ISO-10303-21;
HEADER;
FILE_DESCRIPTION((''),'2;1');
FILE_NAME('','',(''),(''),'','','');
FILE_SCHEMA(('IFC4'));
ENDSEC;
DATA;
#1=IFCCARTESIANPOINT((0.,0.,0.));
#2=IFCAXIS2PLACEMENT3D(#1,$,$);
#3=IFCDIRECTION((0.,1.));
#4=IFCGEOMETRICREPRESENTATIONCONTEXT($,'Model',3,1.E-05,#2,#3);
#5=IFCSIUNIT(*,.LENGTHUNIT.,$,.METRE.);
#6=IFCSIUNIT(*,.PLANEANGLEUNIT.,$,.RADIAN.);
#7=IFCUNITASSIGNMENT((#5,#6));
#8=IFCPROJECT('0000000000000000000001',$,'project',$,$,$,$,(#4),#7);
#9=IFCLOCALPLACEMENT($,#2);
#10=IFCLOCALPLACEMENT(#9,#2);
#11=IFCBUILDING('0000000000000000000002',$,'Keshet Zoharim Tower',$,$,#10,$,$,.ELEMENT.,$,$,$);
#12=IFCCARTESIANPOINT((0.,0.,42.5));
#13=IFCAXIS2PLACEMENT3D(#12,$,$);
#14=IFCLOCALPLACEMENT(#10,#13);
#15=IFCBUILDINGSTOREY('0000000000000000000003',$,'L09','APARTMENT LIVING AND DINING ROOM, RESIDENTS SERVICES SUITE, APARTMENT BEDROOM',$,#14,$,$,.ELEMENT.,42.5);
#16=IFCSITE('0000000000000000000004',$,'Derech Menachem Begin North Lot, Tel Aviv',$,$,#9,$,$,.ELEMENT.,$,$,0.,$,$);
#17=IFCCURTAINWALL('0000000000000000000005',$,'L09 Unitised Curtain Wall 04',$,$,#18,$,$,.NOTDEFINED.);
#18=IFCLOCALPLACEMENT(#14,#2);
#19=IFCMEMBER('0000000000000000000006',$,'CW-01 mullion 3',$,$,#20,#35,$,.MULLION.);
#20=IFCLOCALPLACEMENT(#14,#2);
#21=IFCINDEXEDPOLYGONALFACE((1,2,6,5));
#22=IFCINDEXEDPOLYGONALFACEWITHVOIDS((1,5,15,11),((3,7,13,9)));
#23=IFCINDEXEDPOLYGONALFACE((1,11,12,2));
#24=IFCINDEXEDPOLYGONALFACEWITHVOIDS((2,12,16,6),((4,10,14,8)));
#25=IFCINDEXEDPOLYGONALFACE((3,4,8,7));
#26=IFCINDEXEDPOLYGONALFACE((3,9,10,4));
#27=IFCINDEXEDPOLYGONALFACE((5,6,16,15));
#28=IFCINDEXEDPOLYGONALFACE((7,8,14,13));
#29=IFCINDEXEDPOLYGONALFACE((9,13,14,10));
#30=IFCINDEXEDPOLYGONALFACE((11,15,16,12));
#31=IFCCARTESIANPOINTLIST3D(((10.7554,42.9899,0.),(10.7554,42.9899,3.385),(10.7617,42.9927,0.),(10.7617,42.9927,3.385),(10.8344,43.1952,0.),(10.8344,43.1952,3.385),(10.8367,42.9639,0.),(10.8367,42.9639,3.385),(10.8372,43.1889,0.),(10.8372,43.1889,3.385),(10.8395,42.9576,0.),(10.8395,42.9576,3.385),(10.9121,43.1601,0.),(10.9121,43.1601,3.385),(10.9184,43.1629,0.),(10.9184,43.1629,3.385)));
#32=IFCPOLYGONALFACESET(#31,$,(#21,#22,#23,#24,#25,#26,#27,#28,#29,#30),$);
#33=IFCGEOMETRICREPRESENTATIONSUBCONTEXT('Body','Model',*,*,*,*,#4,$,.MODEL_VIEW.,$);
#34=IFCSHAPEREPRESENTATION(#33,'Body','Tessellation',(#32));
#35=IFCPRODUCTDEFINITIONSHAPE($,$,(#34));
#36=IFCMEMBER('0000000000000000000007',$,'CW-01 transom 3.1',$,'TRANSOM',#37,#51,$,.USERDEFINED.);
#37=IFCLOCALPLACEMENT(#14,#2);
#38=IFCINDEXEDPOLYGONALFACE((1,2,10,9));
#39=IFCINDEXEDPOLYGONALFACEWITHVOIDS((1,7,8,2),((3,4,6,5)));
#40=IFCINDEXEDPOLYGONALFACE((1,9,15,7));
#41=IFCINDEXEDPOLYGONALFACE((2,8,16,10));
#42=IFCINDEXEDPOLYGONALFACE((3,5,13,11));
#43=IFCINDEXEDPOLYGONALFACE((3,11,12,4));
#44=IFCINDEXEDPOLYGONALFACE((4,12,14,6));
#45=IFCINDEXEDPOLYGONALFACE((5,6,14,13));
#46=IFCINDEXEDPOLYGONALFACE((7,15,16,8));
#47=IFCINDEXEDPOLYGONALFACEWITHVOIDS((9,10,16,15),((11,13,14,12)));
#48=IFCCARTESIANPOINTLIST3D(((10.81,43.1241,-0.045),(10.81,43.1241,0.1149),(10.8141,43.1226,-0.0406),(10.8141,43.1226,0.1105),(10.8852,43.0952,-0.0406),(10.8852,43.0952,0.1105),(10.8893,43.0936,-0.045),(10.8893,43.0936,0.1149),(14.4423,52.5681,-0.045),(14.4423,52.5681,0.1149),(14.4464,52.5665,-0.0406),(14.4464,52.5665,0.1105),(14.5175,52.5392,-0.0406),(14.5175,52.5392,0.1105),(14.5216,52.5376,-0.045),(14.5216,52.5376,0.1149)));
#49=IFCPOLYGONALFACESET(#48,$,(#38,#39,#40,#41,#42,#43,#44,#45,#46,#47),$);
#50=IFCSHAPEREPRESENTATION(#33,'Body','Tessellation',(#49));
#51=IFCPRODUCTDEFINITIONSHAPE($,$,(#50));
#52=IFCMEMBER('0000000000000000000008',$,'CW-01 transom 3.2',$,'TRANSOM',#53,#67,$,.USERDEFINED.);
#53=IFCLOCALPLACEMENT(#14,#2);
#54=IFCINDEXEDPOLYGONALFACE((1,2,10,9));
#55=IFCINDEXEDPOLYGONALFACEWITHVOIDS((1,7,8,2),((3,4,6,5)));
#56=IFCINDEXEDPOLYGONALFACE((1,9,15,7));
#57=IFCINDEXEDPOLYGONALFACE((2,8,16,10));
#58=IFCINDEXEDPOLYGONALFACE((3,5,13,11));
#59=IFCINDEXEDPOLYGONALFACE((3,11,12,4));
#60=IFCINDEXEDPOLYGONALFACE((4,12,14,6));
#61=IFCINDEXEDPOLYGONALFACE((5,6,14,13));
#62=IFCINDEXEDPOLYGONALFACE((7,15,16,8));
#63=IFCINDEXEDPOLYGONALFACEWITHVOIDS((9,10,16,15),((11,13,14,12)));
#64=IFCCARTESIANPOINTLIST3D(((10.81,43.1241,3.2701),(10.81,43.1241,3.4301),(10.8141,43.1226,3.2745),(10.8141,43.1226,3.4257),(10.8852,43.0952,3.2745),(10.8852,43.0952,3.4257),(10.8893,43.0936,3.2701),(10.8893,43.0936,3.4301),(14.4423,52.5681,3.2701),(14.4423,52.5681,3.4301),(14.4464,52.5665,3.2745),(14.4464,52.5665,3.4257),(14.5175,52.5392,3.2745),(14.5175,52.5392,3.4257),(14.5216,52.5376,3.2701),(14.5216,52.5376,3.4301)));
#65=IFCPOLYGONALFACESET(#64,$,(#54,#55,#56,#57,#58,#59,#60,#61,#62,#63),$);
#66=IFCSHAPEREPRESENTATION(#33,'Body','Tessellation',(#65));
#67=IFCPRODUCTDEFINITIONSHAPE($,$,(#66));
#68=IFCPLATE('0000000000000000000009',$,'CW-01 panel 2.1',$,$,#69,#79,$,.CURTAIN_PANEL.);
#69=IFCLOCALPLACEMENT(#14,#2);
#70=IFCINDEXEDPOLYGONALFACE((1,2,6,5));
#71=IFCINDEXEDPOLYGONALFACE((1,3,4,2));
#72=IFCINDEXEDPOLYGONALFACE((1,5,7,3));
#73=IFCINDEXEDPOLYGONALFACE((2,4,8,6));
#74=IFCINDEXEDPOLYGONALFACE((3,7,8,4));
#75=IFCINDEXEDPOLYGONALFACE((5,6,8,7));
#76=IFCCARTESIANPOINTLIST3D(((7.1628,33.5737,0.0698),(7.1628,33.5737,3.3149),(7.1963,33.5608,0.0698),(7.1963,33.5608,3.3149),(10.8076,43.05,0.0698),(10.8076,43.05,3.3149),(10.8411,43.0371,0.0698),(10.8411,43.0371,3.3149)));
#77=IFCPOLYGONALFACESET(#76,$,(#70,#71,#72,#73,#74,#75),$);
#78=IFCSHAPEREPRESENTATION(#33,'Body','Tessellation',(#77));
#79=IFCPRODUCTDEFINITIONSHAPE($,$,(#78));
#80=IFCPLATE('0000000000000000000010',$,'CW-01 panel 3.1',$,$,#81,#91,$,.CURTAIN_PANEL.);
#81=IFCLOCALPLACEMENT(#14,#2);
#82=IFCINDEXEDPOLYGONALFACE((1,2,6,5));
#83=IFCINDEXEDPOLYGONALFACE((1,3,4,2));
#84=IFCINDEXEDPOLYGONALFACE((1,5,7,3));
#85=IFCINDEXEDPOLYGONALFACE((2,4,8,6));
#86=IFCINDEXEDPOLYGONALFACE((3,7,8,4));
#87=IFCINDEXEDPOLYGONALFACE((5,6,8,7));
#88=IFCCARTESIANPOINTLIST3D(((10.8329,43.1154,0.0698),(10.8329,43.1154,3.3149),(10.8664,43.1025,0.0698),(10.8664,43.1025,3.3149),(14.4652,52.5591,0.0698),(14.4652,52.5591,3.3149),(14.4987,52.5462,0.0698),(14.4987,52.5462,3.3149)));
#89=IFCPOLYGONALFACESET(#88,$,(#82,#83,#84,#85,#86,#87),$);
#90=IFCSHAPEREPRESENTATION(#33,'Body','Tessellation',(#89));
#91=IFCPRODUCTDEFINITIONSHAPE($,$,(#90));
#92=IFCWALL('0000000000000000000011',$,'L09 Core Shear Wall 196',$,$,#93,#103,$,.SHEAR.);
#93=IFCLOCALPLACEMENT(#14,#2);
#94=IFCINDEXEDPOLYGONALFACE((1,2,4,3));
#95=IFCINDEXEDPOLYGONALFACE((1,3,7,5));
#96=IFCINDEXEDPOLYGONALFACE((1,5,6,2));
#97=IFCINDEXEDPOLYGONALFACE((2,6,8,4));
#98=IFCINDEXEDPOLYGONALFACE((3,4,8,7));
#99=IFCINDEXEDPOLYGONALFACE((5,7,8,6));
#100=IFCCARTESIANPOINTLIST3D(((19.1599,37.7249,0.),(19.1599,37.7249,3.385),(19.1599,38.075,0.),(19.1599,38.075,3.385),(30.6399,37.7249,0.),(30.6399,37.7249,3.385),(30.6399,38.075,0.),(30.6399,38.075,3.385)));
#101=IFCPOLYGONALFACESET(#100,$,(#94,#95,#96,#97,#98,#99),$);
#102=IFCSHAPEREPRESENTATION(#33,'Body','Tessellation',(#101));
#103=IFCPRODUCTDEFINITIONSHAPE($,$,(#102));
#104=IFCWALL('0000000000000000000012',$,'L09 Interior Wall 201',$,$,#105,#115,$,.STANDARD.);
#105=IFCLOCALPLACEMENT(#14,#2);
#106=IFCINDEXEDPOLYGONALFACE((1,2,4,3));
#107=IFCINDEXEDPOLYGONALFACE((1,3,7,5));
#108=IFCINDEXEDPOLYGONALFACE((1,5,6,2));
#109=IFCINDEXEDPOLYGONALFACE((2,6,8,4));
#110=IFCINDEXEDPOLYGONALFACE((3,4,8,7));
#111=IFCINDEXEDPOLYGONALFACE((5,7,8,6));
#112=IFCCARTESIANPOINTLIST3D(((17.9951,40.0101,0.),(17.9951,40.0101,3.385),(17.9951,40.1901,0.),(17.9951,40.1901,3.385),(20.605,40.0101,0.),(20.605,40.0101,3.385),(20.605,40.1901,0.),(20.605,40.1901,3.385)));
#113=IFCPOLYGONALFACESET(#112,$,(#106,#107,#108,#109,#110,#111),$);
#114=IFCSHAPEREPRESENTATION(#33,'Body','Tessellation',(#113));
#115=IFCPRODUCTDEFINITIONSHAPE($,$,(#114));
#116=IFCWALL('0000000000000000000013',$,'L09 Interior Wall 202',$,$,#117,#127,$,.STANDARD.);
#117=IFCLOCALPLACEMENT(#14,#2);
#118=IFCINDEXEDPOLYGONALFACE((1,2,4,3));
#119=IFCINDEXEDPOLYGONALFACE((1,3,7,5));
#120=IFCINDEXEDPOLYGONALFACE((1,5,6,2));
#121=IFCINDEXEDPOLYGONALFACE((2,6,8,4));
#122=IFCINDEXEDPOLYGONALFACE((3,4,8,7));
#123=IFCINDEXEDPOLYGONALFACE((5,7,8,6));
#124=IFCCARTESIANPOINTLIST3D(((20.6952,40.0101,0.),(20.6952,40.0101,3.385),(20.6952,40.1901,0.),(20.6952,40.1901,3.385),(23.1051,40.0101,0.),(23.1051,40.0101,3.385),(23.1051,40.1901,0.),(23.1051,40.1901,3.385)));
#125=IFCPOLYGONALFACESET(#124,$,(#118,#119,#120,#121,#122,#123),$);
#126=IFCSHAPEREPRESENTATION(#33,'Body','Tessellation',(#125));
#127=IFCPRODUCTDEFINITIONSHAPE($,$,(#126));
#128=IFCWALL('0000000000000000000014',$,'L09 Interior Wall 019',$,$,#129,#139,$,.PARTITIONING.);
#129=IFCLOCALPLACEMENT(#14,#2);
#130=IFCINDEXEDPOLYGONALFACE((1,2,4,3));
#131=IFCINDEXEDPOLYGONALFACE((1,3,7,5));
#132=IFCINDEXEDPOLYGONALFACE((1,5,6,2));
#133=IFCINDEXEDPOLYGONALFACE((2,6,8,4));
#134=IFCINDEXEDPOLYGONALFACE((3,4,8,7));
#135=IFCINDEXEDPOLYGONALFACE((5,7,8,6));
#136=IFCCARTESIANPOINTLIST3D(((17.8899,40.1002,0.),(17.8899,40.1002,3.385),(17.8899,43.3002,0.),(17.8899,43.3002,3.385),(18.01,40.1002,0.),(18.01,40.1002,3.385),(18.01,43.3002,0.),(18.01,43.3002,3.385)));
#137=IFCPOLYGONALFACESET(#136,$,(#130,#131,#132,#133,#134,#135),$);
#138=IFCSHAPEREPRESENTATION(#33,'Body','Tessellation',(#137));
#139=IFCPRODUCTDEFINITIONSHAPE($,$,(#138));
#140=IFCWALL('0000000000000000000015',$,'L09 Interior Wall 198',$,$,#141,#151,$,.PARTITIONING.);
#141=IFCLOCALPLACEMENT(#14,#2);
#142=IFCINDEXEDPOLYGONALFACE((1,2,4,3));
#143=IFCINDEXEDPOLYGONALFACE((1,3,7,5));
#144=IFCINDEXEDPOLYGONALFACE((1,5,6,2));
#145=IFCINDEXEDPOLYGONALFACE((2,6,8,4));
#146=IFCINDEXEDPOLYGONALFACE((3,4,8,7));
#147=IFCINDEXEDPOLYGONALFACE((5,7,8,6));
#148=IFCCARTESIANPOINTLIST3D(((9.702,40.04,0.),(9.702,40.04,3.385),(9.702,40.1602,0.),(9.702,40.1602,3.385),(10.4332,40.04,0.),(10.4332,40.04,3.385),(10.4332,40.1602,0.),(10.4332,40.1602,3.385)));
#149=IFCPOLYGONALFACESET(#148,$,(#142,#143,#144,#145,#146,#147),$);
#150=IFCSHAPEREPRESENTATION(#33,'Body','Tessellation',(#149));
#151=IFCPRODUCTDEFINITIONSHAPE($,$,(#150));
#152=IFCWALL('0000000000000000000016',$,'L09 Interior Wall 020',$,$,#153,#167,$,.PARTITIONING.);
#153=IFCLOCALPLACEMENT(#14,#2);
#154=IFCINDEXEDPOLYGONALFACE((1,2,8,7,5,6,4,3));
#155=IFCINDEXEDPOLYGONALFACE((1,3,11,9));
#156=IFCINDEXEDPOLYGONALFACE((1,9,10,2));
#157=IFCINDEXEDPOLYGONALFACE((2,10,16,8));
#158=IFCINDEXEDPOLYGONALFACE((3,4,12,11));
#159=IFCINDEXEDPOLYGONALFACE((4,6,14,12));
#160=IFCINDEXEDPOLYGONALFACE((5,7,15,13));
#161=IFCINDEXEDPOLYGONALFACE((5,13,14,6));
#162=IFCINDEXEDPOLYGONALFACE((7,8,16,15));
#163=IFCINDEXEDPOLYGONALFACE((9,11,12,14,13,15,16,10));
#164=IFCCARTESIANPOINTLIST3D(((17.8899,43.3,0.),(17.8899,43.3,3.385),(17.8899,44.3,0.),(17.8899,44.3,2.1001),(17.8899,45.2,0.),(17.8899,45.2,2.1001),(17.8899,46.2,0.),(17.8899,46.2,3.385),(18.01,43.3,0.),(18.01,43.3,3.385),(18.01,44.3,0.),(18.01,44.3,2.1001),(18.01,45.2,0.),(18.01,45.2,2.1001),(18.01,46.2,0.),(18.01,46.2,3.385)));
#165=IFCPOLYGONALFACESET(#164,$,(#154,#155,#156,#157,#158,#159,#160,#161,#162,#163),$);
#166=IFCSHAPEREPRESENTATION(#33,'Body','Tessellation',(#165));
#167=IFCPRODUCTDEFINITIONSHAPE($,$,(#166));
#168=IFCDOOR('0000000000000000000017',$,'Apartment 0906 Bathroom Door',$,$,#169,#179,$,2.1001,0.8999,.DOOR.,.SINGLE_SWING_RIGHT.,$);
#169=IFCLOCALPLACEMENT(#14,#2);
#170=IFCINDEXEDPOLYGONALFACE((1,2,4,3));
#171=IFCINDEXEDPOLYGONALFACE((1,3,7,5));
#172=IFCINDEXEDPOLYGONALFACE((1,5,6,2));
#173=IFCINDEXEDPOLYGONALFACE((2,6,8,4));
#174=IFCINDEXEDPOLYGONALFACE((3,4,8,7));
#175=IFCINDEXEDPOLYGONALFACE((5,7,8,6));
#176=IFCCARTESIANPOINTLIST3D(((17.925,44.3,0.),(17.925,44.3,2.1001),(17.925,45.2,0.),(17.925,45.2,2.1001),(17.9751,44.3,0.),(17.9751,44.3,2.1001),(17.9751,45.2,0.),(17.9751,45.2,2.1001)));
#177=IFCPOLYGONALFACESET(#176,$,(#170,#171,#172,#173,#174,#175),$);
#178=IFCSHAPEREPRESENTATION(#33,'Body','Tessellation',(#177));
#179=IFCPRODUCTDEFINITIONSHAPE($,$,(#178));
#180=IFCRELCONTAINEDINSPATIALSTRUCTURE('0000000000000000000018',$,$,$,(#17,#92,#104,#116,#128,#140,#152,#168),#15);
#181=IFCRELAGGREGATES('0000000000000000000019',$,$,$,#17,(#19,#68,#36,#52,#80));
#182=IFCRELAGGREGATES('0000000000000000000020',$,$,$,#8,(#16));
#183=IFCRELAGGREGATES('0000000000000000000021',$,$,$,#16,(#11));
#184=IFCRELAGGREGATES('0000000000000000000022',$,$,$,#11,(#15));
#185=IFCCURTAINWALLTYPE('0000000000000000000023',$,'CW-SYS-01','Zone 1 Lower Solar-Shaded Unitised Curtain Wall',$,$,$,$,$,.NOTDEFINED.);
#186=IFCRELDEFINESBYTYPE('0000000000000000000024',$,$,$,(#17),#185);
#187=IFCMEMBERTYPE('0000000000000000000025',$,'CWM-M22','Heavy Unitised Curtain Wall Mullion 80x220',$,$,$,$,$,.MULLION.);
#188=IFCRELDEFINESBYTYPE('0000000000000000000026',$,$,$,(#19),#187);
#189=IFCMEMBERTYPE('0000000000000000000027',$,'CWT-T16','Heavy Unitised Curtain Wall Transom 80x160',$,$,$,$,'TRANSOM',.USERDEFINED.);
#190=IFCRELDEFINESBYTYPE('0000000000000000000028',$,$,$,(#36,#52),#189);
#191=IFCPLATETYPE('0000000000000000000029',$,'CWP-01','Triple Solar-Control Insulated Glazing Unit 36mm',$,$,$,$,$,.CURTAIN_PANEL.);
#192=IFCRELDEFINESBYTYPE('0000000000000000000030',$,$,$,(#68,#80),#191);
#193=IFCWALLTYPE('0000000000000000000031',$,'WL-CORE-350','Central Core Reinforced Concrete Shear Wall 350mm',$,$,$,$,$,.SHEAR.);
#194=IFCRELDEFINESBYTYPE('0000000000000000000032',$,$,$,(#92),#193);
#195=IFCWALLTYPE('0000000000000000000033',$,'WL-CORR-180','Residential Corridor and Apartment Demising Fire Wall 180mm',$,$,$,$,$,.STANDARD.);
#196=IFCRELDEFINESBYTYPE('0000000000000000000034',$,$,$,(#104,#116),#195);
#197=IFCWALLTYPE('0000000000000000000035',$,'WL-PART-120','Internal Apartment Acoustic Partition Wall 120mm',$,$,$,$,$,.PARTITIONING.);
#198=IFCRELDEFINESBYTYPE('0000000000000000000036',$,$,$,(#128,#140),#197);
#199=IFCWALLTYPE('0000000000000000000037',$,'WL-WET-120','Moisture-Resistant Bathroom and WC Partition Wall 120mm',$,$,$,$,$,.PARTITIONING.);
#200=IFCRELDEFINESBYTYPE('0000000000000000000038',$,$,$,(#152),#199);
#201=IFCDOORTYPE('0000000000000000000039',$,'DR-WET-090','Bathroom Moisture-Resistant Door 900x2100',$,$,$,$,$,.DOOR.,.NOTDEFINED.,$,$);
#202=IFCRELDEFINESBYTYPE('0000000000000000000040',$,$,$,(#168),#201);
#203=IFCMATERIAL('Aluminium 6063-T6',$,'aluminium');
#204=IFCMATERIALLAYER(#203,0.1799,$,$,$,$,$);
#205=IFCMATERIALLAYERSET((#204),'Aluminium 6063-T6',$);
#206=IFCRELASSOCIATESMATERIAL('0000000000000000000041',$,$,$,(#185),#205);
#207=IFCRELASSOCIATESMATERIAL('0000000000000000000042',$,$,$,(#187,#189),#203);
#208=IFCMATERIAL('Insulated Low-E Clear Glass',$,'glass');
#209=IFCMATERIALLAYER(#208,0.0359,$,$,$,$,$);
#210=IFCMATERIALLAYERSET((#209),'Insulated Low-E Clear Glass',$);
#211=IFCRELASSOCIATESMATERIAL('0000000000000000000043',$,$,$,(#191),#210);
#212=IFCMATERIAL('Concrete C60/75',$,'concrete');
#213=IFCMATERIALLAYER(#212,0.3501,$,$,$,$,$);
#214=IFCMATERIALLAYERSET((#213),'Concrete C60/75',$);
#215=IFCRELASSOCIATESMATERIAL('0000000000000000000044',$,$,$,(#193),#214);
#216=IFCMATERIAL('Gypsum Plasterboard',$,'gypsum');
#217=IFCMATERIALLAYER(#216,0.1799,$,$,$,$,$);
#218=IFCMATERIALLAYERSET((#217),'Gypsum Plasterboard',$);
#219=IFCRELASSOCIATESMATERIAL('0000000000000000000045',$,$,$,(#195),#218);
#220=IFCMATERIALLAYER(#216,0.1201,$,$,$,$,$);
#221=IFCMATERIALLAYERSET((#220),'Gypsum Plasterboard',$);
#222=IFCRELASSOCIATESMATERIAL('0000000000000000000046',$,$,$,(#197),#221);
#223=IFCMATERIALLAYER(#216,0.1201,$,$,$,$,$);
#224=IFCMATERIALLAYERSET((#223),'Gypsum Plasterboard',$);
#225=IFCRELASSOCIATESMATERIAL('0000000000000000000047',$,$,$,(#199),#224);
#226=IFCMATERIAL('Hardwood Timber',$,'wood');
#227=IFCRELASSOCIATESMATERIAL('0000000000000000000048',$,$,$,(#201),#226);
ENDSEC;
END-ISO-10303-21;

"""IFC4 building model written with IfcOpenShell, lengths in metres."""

from ifc_helpers import new_model, si_unit, direction, frame, frame_2d, origin, origin_2d, place, context, subcontext, project, spatial, rectangle, hollow_rectangle, extrude, material, layer, layer_set, material_profile, profile_set, type_object, element, fill, aggregate, save


model = new_model("IFC4")

# Units and contexts
model_context = context("Model", 3, precision=1e-05, world=origin(), true_north=direction((0.0, 1.0)))
body_context = subcontext(model_context, "Body", "Model", "MODEL_VIEW")
ifc_project = project(units=[si_unit("LENGTHUNIT", "METRE"), si_unit("PLANEANGLEUNIT", "RADIAN")], contexts=[model_context])

# Site, building, storey
site_placement = place(None, origin())
site = spatial("IfcSite", under=ifc_project, at=site_placement, Name="Derech Menachem Begin North Lot, Tel Aviv", CompositionType="ELEMENT", RefElevation=0.0)
building_placement = place(site_placement, origin())
building = spatial("IfcBuilding", under=site, at=building_placement, Name="Keshet Zoharim Tower", CompositionType="ELEMENT")
storey_placement = place(building_placement, frame((0.0, 0.0, 42.5)))
storey = spatial("IfcBuildingStorey", under=building, at=storey_placement, Name="L09", Description="APARTMENT LIVING AND DINING ROOM, RESIDENTS SERVICES SUITE, APARTMENT BEDROOM", CompositionType="ELEMENT", Elevation=42.5)

# Curtain wall, members, plates
ifc_material_1 = material(Name="Aluminium 6063-T6", Category="aluminium")
ifc_layer_1 = layer(ifc_material_1, 0.1799)
ifc_layer_set_1 = layer_set([ifc_layer_1], Name="Aluminium 6063-T6")
curtain_wall_type = type_object("IfcCurtainWallType", Name="CW-SYS-01", Description="Zone 1 Lower Solar-Shaded Unitised Curtain Wall", PredefinedType="NOTDEFINED", material=ifc_layer_set_1)
curtain_wall_placement = place(storey_placement, origin())
curtain_wall = element("IfcCurtainWall", 1, at=curtain_wall_placement, inside=storey, type_object=curtain_wall_type, Name="L09 Unitised Curtain Wall 04", PredefinedType="NOTDEFINED")
ifc_material_profile_1 = material_profile(ifc_material_1, hollow_rectangle(XDim=0.0901, YDim=0.22, WallThickness=0.0049, at=origin_2d()), Name="MUL-90x220")
ifc_profile_set_1 = profile_set([ifc_material_profile_1], Name="Aluminium 6063-T6")
member_type_1 = type_object("IfcMemberType", Name="CWM-M22", Description="Heavy Unitised Curtain Wall Mullion 80x220", PredefinedType="MULLION", material=ifc_profile_set_1)
member_1_placement = place(storey_placement, frame((10.8369, 43.0764, 0.0), z_axis=(0.0, 0.0, 1.0), x_axis=(-0.933341, 0.35899, 0.0)))
member_1 = element("IfcMember", 2, at=member_1_placement, type_object=member_type_1, Name="CW-01 mullion 3", PredefinedType="MULLION", context=body_context, shape_type="SweptSolid", body=[
    extrude(hollow_rectangle(XDim=0.0901, YDim=0.22, WallThickness=0.0049, at=origin_2d()), origin(), (0.0, 0.0, 1.0), 3.385),
])
ifc_material_profile_2 = material_profile(ifc_material_1, hollow_rectangle(XDim=0.085, YDim=0.1599, WallThickness=0.0044, at=origin_2d()), Name="TRN-85x160")
ifc_profile_set_2 = profile_set([ifc_material_profile_2], Name="Aluminium 6063-T6")
member_type_2 = type_object("IfcMemberType", Name="CWT-T16", Description="Heavy Unitised Curtain Wall Transom 80x160", ElementType="TRANSOM", PredefinedType="USERDEFINED", material=ifc_profile_set_2)
member_2_placement = place(storey_placement, frame((10.8496, 43.1089, 0.0349), z_axis=(0.358986, 0.933343, 0.0), x_axis=(-0.933343, 0.358986, 0.0)))
member_2 = element("IfcMember", 3, at=member_2_placement, type_object=member_type_2, Name="CW-01 transom 3.1", ObjectType="TRANSOM", PredefinedType="USERDEFINED", context=body_context, shape_type="SweptSolid", body=[
    extrude(hollow_rectangle(XDim=0.085, YDim=0.1599, WallThickness=0.0044, at=origin_2d()), origin(), (0.0, 0.0, 1.0), 10.1184),
])
member_3_placement = place(storey_placement, frame((10.8496, 43.1089, 3.3501), z_axis=(0.358986, 0.933343, 0.0), x_axis=(-0.933343, 0.358986, 0.0)))
member_3 = element("IfcMember", 4, at=member_3_placement, type_object=member_type_2, Name="CW-01 transom 3.2", ObjectType="TRANSOM", PredefinedType="USERDEFINED", context=body_context, shape_type="SweptSolid", body=[
    extrude(hollow_rectangle(XDim=0.085, YDim=0.1599, WallThickness=0.0044, at=origin_2d()), origin(), (0.0, 0.0, 1.0), 10.1184),
])
ifc_material_2 = material(Name="Insulated Low-E Clear Glass", Category="glass")
ifc_layer_2 = layer(ifc_material_2, 0.0359)
ifc_layer_set_2 = layer_set([ifc_layer_2], Name="Insulated Low-E Clear Glass")
plate_type = type_object("IfcPlateType", Name="CWP-01", Description="Triple Solar-Control Insulated Glazing Unit 36mm", PredefinedType="CURTAIN_PANEL", material=ifc_layer_set_2)
plate_1_placement = place(storey_placement, frame((9.002, 38.3054, 0.0698), z_axis=(0.0, 0.0, 1.0), x_axis=(0.35899, 0.933341, 0.0)))
plate_1 = element("IfcPlate", 5, at=plate_1_placement, type_object=plate_type, Name="CW-01 panel 2.1", PredefinedType="CURTAIN_PANEL", context=body_context, shape_type="SweptSolid", body=[
    extrude(rectangle(XDim=10.1531, YDim=0.0359, at=origin_2d()), origin(), (0.0, 0.0, 1.0), 3.2451),
])
plate_2_placement = place(storey_placement, frame((12.6658, 47.8308, 0.0698), z_axis=(0.0, 0.0, 1.0), x_axis=(0.35899, 0.933341, 0.0)))
plate_2 = element("IfcPlate", 6, at=plate_2_placement, type_object=plate_type, Name="CW-01 panel 3.1", PredefinedType="CURTAIN_PANEL", context=body_context, shape_type="SweptSolid", body=[
    extrude(rectangle(XDim=10.1182, YDim=0.0359, at=origin_2d()), origin(), (0.0, 0.0, 1.0), 3.2451),
])
aggregate(curtain_wall, [member_1, plate_1, member_2, member_3, plate_2])

# Wall
ifc_material_3 = material(Name="Concrete C60/75", Category="concrete")
ifc_layer_3 = layer(ifc_material_3, 0.3501)
ifc_layer_set_3 = layer_set([ifc_layer_3], Name="Concrete C60/75")
wall_type_1 = type_object("IfcWallType", Name="WL-CORE-350", Description="Central Core Reinforced Concrete Shear Wall 350mm", PredefinedType="SHEAR", material=ifc_layer_set_3)
wall_1_placement = place(storey_placement, frame((19.1599, 37.8999, 0.0), z_axis=(0.0, 0.0, 1.0), x_axis=(1.0, 0.0, 0.0)))
element("IfcWall", 7, at=wall_1_placement, inside=storey, type_object=wall_type_1, Name="L09 Core Shear Wall 196", PredefinedType="SHEAR", context=body_context, shape_type="SweptSolid", body=[
    extrude(rectangle(XDim=11.48, YDim=0.3501, at=frame_2d((5.74, 0.0))), origin(), (0.0, 0.0, 1.0), 3.385),
])

# Shared definitions
ifc_material_4 = material(Name="Gypsum Plasterboard", Category="gypsum")
ifc_layer_4 = layer(ifc_material_4, 0.1799)
ifc_layer_set_4 = layer_set([ifc_layer_4], Name="Gypsum Plasterboard")
wall_type_2 = type_object("IfcWallType", Name="WL-CORR-180", Description="Residential Corridor and Apartment Demising Fire Wall 180mm", PredefinedType="STANDARD", material=ifc_layer_set_4)
ifc_material_5 = material(Name="Hardwood Timber", Category="wood")

# Walls
wall_2_placement = place(storey_placement, frame((17.9951, 40.1001, 0.0), z_axis=(0.0, 0.0, 1.0), x_axis=(1.0, 0.0, 0.0)))
element("IfcWall", 8, at=wall_2_placement, inside=storey, type_object=wall_type_2, Name="L09 Interior Wall 201", PredefinedType="STANDARD", context=body_context, shape_type="SweptSolid", body=[
    extrude(rectangle(XDim=2.6099, YDim=0.1799, at=frame_2d((1.3049, 0.0))), origin(), (0.0, 0.0, 1.0), 3.385),
])
wall_3_placement = place(storey_placement, frame((20.6951, 40.1001, 0.0), z_axis=(0.0, 0.0, 1.0), x_axis=(1.0, 0.0, 0.0)))
element("IfcWall", 9, at=wall_3_placement, inside=storey, type_object=wall_type_2, Name="L09 Interior Wall 202", PredefinedType="STANDARD", context=body_context, shape_type="SweptSolid", body=[
    extrude(rectangle(XDim=2.4099, YDim=0.1799, at=frame_2d((1.2051, 0.0))), origin(), (0.0, 0.0, 1.0), 3.385),
])
ifc_layer_5 = layer(ifc_material_4, 0.1201)
ifc_layer_set_5 = layer_set([ifc_layer_5], Name="Gypsum Plasterboard")
wall_type_3 = type_object("IfcWallType", Name="WL-PART-120", Description="Internal Apartment Acoustic Partition Wall 120mm", PredefinedType="PARTITIONING", material=ifc_layer_set_5)
wall_4_placement = place(storey_placement, frame((17.95, 40.1001, 0.0), z_axis=(0.0, 0.0, 1.0), x_axis=(0.0, 1.0, 0.0)))
element("IfcWall", 10, at=wall_4_placement, inside=storey, type_object=wall_type_3, Name="L09 Interior Wall 019", PredefinedType="PARTITIONING", context=body_context, shape_type="SweptSolid", body=[
    extrude(rectangle(XDim=3.2, YDim=0.1201, at=frame_2d((1.6001, 0.0))), origin(), (0.0, 0.0, 1.0), 3.385),
])

# Wall
wall_5_placement = place(storey_placement, frame((9.7019, 40.1001, 0.0), z_axis=(0.0, 0.0, 1.0), x_axis=(1.0, 0.0, 0.0)))
element("IfcWall", 11, at=wall_5_placement, inside=storey, type_object=wall_type_3, Name="L09 Interior Wall 198", PredefinedType="PARTITIONING", context=body_context, shape_type="SweptSolid", body=[
    extrude(rectangle(XDim=0.7312, YDim=0.1201, at=frame_2d((0.3657, 0.0))), origin(), (0.0, 0.0, 1.0), 3.385),
])

# Wall, opening, door
ifc_layer_6 = layer(ifc_material_4, 0.1201)
ifc_layer_set_6 = layer_set([ifc_layer_6], Name="Gypsum Plasterboard")
wall_type_4 = type_object("IfcWallType", Name="WL-WET-120", Description="Moisture-Resistant Bathroom and WC Partition Wall 120mm", PredefinedType="PARTITIONING", material=ifc_layer_set_6)
wall_6_placement = place(storey_placement, frame((17.95, 43.3, 0.0), z_axis=(0.0, 0.0, 1.0), x_axis=(0.0, 1.0, 0.0)))
wall_6 = element("IfcWall", 12, at=wall_6_placement, inside=storey, type_object=wall_type_4, Name="L09 Interior Wall 020", PredefinedType="PARTITIONING", context=body_context, shape_type="SweptSolid", body=[
    extrude(rectangle(XDim=2.8999, YDim=0.1201, at=frame_2d((1.45, 0.0))), origin(), (0.0, 0.0, 1.0), 3.385),
])
opening_1_placement = place(wall_6_placement, frame((1.0, 0.0, 0.0)))
opening_1 = element("IfcOpeningElement", 13, at=opening_1_placement, cuts=wall_6, PredefinedType="OPENING", context=body_context, shape_type="SweptSolid", body=[
    extrude(rectangle(XDim=0.8999, YDim=2.1001, at=frame_2d((0.45, 1.05))), frame((0.0, 0.0701, 0.0), z_axis=(0.0, -1.0, 0.0), x_axis=(1.0, 0.0, 0.0)), (0.0, 0.0, 1.0), 0.1401),
])
door_type_1 = type_object("IfcDoorType", Name="DR-WET-090", Description="Bathroom Moisture-Resistant Door 900x2100", OperationType="NOTDEFINED", PredefinedType="DOOR", material=ifc_material_5)
door_1_placement = place(opening_1_placement, origin())
door_1 = element("IfcDoor", 14, at=door_1_placement, inside=storey, type_object=door_type_1, Name="Apartment 0906 Bathroom Door", OperationType="SINGLE_SWING_RIGHT", OverallHeight=2.1001, OverallWidth=0.8999, PredefinedType="DOOR", context=body_context, shape_type="SweptSolid", body=[
    extrude(rectangle(XDim=0.8999, YDim=2.1001, at=frame_2d((0.45, 1.05))), frame((0.0, 0.0249, 0.0), z_axis=(0.0, -1.0, 0.0), x_axis=(1.0, 0.0, 0.0)), (0.0, 0.0, 1.0), 0.05),
])
fill(opening_1, door_1)

save(model, "model.ifc")
